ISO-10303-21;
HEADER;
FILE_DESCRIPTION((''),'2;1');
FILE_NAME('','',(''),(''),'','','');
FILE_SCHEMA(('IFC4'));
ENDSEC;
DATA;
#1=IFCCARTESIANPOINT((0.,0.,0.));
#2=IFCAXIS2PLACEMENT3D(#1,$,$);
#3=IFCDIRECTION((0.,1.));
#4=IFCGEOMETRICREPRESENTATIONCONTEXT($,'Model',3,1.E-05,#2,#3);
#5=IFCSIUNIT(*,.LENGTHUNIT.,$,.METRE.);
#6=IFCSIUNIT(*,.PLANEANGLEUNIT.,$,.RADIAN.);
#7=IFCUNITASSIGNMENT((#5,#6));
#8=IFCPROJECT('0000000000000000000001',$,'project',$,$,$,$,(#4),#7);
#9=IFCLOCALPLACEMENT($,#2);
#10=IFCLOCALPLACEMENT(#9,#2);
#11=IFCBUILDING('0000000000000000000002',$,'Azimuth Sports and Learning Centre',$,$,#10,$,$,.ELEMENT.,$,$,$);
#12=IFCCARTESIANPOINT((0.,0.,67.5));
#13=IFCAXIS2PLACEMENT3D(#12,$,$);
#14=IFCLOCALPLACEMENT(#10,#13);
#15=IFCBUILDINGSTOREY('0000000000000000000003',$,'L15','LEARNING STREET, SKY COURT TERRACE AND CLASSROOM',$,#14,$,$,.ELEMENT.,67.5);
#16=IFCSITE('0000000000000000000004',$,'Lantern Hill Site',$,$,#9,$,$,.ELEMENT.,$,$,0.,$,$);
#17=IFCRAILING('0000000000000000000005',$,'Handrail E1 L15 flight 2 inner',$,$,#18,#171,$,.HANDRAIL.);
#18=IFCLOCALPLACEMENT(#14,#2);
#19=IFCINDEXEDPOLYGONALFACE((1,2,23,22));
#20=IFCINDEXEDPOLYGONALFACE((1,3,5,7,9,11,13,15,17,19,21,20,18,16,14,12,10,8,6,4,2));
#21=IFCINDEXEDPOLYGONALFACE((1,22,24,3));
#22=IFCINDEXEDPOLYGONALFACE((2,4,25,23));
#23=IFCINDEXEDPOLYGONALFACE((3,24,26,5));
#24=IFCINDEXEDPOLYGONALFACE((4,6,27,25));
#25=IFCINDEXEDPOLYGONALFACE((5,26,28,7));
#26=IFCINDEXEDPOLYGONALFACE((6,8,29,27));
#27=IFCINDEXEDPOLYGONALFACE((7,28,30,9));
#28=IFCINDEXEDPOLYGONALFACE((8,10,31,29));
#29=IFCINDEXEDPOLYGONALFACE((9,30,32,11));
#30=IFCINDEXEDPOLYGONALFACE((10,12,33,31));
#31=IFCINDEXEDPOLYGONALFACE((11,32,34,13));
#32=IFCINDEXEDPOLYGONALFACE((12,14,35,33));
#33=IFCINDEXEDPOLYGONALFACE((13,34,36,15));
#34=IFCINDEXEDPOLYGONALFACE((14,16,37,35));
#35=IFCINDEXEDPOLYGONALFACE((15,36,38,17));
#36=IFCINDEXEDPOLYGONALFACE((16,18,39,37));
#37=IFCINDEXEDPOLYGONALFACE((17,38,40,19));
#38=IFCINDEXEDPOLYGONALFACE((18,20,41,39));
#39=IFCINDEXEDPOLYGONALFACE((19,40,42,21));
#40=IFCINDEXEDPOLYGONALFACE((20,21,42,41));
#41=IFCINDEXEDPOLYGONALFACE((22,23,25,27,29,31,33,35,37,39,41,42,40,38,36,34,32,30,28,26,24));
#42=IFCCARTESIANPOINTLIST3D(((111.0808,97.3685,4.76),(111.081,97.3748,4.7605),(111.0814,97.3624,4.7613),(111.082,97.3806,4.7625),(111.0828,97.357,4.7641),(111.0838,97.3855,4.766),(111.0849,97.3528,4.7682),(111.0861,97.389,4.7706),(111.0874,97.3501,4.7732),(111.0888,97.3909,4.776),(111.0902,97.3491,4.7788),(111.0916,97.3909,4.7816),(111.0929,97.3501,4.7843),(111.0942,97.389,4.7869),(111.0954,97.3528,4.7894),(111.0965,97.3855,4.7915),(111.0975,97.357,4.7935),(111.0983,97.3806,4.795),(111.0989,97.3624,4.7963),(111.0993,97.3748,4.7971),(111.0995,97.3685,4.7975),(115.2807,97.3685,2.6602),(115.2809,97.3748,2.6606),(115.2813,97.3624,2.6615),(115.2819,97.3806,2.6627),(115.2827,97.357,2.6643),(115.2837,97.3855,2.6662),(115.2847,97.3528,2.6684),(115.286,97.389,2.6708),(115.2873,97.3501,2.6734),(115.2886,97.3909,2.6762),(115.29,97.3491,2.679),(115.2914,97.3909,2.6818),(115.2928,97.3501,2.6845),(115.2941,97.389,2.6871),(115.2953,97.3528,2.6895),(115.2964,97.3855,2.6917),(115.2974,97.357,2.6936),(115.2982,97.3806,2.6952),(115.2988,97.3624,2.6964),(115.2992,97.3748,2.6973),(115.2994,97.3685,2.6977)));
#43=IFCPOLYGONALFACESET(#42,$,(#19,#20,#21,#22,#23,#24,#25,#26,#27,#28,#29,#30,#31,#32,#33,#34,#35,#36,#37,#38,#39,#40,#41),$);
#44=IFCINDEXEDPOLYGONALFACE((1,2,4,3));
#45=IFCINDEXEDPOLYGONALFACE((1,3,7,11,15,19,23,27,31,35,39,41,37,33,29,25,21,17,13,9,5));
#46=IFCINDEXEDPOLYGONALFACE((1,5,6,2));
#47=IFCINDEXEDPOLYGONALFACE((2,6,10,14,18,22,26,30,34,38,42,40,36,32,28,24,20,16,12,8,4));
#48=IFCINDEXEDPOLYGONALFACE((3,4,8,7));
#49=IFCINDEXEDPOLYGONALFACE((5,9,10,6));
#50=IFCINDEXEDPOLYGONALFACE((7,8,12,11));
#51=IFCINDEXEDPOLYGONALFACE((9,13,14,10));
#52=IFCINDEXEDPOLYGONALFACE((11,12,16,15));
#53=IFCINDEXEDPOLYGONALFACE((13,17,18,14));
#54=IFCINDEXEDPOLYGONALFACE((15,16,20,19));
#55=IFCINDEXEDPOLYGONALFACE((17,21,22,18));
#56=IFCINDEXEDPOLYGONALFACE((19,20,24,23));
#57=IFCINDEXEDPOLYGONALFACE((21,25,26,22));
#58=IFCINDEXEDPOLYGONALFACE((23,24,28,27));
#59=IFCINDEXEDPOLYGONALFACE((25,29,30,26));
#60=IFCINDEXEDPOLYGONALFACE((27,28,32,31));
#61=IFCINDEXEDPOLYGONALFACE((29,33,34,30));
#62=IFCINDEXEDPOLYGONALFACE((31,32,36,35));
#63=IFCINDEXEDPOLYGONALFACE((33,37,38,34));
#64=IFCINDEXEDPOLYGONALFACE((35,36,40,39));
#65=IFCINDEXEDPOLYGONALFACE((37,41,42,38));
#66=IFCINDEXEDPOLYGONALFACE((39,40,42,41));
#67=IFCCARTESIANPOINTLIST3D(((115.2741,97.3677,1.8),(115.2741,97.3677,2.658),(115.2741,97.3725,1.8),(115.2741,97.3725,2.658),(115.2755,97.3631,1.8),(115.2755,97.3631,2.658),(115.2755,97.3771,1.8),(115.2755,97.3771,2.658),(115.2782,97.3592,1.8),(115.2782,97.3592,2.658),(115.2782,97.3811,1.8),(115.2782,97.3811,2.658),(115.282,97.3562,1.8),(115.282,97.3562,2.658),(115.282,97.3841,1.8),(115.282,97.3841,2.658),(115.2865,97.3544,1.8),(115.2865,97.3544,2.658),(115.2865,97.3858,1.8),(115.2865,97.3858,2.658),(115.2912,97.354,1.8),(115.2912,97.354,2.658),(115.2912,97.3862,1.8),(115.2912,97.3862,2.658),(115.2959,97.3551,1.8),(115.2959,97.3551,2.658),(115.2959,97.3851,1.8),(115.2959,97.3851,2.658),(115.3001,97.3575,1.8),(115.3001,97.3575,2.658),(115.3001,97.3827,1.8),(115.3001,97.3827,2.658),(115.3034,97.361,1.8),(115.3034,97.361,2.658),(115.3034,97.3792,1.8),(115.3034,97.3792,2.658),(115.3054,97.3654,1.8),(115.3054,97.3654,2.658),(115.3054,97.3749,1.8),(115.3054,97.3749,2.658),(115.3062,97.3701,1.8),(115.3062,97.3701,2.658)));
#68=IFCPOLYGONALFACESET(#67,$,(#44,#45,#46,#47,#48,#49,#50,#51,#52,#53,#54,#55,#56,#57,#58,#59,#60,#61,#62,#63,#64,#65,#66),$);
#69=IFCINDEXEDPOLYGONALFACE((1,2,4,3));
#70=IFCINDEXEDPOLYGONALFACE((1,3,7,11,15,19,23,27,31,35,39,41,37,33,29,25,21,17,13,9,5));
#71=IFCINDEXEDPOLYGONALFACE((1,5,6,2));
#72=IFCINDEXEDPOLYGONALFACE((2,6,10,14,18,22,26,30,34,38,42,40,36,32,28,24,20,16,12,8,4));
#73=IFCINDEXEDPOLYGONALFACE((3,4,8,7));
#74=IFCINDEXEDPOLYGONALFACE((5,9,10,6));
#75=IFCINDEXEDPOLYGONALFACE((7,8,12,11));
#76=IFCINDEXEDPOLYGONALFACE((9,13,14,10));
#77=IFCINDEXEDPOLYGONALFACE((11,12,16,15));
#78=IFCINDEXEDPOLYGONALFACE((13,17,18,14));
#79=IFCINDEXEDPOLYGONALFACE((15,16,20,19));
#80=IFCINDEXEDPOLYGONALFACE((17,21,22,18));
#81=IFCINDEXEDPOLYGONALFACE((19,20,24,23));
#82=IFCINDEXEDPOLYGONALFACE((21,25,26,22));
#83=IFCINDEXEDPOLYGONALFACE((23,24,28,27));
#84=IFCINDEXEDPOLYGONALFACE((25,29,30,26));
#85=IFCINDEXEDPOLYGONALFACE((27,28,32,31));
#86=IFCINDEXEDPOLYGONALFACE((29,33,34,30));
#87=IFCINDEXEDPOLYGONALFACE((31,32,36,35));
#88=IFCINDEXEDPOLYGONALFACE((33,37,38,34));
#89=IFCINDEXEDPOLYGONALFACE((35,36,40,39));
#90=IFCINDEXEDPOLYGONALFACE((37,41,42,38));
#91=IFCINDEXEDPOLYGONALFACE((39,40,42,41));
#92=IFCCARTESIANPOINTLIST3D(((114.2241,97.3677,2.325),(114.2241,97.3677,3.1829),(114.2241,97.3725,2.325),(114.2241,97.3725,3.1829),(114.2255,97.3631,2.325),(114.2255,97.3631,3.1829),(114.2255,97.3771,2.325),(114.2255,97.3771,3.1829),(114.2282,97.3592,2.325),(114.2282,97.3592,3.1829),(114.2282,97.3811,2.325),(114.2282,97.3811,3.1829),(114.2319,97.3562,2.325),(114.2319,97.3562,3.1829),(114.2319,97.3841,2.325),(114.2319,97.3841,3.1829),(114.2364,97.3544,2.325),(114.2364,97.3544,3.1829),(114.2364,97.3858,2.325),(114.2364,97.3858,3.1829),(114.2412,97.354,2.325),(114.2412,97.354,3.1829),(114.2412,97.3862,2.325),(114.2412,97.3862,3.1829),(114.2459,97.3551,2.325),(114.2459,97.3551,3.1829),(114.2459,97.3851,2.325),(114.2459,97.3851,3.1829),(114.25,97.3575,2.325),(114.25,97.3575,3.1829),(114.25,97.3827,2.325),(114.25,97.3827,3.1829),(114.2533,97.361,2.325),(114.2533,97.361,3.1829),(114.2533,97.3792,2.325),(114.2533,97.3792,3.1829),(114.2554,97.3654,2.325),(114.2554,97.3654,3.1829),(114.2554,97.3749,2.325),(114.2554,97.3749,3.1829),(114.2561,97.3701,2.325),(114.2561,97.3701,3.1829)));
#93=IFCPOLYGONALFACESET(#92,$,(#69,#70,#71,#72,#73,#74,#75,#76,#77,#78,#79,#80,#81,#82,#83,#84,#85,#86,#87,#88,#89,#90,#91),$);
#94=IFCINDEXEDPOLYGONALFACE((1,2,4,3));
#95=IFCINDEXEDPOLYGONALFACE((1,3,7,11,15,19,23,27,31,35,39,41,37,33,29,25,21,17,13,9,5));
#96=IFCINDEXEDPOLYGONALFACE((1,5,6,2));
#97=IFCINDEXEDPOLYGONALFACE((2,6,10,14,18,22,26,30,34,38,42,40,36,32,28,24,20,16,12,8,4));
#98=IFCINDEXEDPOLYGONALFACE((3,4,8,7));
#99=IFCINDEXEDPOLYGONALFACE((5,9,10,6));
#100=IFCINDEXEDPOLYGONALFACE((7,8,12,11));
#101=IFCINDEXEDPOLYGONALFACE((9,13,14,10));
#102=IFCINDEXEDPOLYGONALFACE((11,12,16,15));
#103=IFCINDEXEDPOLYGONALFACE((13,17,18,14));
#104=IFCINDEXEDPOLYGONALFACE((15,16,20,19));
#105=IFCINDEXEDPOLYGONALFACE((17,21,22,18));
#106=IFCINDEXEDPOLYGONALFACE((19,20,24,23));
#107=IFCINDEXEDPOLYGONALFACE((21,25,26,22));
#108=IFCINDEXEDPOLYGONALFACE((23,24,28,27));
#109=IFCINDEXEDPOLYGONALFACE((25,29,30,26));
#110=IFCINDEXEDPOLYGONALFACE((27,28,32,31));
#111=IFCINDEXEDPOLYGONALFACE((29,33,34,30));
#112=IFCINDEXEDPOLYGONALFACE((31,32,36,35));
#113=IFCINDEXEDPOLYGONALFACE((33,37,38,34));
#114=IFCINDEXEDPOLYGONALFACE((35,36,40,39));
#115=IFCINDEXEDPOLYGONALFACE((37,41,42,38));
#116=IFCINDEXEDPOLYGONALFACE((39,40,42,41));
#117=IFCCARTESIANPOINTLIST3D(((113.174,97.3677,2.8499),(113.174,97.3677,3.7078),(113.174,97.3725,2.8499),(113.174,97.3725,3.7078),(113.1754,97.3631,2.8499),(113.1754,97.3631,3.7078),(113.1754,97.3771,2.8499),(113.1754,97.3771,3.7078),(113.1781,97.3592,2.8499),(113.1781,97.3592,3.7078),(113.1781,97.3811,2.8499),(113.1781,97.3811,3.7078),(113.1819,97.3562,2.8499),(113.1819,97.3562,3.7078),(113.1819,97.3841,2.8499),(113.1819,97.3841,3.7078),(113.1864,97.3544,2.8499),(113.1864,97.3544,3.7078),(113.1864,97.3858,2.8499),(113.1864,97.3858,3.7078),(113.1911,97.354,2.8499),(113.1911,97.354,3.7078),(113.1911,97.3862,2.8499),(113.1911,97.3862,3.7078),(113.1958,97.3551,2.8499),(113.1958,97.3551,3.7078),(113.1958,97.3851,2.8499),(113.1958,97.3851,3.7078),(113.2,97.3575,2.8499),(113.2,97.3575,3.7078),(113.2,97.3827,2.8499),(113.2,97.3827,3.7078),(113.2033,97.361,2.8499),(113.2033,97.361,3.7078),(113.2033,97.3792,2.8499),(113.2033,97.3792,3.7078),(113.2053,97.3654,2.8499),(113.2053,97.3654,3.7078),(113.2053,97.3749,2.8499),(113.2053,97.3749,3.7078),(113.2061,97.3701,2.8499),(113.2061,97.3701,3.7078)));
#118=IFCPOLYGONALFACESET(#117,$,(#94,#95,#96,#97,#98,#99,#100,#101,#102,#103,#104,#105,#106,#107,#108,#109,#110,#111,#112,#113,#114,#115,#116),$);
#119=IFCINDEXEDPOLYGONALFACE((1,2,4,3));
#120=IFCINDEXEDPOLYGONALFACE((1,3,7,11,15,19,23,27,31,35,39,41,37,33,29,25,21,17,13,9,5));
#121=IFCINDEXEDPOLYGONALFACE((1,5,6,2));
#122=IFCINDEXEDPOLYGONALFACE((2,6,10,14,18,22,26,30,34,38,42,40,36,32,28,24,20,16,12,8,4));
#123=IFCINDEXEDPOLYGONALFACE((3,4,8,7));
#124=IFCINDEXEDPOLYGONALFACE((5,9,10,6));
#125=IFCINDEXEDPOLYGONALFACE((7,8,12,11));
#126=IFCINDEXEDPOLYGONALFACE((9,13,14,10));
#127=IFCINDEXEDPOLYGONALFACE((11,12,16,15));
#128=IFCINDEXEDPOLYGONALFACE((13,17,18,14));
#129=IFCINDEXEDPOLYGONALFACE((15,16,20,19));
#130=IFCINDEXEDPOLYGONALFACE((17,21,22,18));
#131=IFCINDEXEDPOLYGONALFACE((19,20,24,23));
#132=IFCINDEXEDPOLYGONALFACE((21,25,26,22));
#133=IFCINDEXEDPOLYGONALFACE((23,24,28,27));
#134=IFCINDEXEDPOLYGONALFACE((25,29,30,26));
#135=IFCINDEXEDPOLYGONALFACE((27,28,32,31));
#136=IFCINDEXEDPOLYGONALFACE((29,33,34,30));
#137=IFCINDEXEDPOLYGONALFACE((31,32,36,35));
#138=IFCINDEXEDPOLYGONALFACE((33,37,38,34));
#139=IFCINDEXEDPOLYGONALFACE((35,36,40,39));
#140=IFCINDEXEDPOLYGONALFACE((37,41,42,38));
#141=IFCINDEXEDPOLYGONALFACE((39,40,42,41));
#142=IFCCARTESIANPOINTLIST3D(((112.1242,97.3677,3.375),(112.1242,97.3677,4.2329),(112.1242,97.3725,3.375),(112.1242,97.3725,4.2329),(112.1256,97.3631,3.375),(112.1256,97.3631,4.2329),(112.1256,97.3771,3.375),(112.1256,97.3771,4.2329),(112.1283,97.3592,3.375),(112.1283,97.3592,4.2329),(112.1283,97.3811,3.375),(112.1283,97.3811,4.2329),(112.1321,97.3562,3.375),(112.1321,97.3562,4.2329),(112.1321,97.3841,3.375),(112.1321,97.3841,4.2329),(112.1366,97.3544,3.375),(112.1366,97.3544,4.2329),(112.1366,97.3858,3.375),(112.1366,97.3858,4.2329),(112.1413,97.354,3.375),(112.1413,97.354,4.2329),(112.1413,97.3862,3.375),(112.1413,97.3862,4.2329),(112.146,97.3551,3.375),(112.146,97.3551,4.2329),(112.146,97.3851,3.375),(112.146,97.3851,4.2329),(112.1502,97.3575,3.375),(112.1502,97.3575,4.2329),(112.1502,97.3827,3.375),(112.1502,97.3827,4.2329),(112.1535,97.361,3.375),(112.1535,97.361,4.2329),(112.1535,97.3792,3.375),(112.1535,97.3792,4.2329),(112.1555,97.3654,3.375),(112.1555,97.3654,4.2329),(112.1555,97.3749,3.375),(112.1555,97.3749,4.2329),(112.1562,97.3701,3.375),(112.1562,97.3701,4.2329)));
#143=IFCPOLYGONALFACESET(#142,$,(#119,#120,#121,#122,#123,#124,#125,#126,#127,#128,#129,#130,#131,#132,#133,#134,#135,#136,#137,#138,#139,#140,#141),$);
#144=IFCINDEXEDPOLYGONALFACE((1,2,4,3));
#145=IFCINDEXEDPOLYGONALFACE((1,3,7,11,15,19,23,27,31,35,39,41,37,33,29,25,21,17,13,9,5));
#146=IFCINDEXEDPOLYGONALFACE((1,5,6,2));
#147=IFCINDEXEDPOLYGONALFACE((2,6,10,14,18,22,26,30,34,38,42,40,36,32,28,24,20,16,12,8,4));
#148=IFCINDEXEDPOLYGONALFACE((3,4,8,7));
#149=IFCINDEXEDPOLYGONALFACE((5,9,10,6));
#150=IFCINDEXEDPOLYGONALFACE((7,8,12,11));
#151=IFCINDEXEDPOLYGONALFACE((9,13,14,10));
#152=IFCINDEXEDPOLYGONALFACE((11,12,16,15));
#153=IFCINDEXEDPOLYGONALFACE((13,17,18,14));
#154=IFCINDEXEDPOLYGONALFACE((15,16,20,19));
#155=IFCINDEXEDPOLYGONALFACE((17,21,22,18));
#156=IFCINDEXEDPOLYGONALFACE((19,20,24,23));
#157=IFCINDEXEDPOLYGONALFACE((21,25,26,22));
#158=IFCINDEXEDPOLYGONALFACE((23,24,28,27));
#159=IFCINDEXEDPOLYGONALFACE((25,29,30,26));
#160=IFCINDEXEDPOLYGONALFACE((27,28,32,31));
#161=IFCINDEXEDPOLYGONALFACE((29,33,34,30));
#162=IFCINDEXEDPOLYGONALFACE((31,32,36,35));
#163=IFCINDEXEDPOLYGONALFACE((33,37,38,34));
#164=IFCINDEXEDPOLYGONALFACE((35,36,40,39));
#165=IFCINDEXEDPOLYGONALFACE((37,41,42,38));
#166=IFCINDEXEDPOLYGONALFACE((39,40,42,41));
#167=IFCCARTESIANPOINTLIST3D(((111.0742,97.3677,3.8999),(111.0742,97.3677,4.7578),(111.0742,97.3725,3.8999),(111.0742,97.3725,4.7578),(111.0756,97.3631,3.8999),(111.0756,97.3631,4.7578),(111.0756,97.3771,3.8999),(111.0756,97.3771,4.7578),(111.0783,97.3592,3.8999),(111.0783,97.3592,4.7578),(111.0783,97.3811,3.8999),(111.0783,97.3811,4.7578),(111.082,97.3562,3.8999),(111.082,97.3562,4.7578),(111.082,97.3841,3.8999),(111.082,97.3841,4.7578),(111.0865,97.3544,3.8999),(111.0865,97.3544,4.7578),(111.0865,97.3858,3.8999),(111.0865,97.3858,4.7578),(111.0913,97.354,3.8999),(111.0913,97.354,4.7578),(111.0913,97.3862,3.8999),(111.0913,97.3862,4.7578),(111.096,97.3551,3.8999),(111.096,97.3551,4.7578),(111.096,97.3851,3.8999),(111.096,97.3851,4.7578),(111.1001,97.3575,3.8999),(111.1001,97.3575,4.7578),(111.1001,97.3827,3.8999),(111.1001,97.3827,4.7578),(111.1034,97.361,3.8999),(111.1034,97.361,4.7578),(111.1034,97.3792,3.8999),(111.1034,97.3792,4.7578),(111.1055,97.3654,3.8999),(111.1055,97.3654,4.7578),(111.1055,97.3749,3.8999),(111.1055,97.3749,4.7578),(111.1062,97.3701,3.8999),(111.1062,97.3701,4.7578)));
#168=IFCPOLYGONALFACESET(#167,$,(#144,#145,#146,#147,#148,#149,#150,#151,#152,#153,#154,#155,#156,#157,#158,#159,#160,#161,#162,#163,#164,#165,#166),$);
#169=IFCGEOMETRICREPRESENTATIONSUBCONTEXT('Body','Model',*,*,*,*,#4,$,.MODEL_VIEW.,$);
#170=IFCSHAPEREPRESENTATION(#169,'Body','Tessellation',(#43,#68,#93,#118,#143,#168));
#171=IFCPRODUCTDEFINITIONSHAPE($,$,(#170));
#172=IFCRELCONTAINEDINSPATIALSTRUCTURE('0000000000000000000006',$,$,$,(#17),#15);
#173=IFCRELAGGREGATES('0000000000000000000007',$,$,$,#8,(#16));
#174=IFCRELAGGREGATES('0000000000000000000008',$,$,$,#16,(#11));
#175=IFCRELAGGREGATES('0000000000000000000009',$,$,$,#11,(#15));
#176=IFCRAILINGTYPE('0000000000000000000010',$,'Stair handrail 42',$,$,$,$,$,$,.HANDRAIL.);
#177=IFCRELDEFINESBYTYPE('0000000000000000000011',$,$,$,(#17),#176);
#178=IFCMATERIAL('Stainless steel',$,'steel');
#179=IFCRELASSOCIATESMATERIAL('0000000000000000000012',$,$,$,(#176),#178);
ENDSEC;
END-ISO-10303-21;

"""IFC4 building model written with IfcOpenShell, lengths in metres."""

from ifc_helpers import new_model, si_unit, direction, frame, origin, origin_2d, place, context, subcontext, project, spatial, circle, extrude, material, type_object, element, save


model = new_model("IFC4")

# Units and contexts
model_context = context("Model", 3, precision=1e-05, world=origin(), true_north=direction((0.0, 1.0)))
body_context = subcontext(model_context, "Body", "Model", "MODEL_VIEW")
ifc_project = project(units=[si_unit("LENGTHUNIT", "METRE"), si_unit("PLANEANGLEUNIT", "RADIAN")], contexts=[model_context])

# Site, building, storey
site_placement = place(None, origin())
site = spatial("IfcSite", under=ifc_project, at=site_placement, Name="Lantern Hill Site", CompositionType="ELEMENT", RefElevation=0.0)
building_placement = place(site_placement, origin())
building = spatial("IfcBuilding", under=site, at=building_placement, Name="Azimuth Sports and Learning Centre", CompositionType="ELEMENT")
storey_placement = place(building_placement, frame((0.0, 0.0, 67.5)))
storey = spatial("IfcBuildingStorey", under=building, at=storey_placement, Name="L15", Description="LEARNING STREET, SKY COURT TERRACE AND CLASSROOM", CompositionType="ELEMENT", Elevation=67.5)

# Railing
ifc_material_1 = material(Name="Stainless steel", Category="steel")
railing_type_1 = type_object("IfcRailingType", Name="Stair handrail 42", PredefinedType="HANDRAIL", material=ifc_material_1)
for number, where, name in (
    (1, (115.29, 97.3701, 1.8), "Handrail E1 L15 flight 2 inner"),
):
    element("IfcRailing", number, at=place(storey_placement, frame(where)), inside=storey, type_object=railing_type_1, Name=name, PredefinedType="HANDRAIL", context=body_context, shape_type="SweptSolid", body=[
        extrude(circle(Radius=0.021, at=origin_2d()), frame((0.0, 0.0, 0.8789), z_axis=(-0.894438, 0.0, 0.447193), x_axis=(0.0, -1.0, 0.0)), (0.0, 0.0, 1.0), 4.6956),
        extrude(circle(Radius=0.0161, at=origin_2d()), origin(), (0.0, 0.0, 1.0), 0.8579),
        extrude(circle(Radius=0.0161, at=origin_2d()), frame((-1.05, 0.0, 0.5249)), (0.0, 0.0, 1.0), 0.8579),
        extrude(circle(Radius=0.0161, at=origin_2d()), frame((-2.1001, 0.0, 1.0498)), (0.0, 0.0, 1.0), 0.8579),
        extrude(circle(Radius=0.0161, at=origin_2d()), frame((-3.1499, 0.0, 1.575)), (0.0, 0.0, 1.0), 0.8579),
        extrude(circle(Radius=0.0161, at=origin_2d()), frame((-4.2, 0.0, 2.0999)), (0.0, 0.0, 1.0), 0.8579),
    ])

save(model, "model.ifc")
